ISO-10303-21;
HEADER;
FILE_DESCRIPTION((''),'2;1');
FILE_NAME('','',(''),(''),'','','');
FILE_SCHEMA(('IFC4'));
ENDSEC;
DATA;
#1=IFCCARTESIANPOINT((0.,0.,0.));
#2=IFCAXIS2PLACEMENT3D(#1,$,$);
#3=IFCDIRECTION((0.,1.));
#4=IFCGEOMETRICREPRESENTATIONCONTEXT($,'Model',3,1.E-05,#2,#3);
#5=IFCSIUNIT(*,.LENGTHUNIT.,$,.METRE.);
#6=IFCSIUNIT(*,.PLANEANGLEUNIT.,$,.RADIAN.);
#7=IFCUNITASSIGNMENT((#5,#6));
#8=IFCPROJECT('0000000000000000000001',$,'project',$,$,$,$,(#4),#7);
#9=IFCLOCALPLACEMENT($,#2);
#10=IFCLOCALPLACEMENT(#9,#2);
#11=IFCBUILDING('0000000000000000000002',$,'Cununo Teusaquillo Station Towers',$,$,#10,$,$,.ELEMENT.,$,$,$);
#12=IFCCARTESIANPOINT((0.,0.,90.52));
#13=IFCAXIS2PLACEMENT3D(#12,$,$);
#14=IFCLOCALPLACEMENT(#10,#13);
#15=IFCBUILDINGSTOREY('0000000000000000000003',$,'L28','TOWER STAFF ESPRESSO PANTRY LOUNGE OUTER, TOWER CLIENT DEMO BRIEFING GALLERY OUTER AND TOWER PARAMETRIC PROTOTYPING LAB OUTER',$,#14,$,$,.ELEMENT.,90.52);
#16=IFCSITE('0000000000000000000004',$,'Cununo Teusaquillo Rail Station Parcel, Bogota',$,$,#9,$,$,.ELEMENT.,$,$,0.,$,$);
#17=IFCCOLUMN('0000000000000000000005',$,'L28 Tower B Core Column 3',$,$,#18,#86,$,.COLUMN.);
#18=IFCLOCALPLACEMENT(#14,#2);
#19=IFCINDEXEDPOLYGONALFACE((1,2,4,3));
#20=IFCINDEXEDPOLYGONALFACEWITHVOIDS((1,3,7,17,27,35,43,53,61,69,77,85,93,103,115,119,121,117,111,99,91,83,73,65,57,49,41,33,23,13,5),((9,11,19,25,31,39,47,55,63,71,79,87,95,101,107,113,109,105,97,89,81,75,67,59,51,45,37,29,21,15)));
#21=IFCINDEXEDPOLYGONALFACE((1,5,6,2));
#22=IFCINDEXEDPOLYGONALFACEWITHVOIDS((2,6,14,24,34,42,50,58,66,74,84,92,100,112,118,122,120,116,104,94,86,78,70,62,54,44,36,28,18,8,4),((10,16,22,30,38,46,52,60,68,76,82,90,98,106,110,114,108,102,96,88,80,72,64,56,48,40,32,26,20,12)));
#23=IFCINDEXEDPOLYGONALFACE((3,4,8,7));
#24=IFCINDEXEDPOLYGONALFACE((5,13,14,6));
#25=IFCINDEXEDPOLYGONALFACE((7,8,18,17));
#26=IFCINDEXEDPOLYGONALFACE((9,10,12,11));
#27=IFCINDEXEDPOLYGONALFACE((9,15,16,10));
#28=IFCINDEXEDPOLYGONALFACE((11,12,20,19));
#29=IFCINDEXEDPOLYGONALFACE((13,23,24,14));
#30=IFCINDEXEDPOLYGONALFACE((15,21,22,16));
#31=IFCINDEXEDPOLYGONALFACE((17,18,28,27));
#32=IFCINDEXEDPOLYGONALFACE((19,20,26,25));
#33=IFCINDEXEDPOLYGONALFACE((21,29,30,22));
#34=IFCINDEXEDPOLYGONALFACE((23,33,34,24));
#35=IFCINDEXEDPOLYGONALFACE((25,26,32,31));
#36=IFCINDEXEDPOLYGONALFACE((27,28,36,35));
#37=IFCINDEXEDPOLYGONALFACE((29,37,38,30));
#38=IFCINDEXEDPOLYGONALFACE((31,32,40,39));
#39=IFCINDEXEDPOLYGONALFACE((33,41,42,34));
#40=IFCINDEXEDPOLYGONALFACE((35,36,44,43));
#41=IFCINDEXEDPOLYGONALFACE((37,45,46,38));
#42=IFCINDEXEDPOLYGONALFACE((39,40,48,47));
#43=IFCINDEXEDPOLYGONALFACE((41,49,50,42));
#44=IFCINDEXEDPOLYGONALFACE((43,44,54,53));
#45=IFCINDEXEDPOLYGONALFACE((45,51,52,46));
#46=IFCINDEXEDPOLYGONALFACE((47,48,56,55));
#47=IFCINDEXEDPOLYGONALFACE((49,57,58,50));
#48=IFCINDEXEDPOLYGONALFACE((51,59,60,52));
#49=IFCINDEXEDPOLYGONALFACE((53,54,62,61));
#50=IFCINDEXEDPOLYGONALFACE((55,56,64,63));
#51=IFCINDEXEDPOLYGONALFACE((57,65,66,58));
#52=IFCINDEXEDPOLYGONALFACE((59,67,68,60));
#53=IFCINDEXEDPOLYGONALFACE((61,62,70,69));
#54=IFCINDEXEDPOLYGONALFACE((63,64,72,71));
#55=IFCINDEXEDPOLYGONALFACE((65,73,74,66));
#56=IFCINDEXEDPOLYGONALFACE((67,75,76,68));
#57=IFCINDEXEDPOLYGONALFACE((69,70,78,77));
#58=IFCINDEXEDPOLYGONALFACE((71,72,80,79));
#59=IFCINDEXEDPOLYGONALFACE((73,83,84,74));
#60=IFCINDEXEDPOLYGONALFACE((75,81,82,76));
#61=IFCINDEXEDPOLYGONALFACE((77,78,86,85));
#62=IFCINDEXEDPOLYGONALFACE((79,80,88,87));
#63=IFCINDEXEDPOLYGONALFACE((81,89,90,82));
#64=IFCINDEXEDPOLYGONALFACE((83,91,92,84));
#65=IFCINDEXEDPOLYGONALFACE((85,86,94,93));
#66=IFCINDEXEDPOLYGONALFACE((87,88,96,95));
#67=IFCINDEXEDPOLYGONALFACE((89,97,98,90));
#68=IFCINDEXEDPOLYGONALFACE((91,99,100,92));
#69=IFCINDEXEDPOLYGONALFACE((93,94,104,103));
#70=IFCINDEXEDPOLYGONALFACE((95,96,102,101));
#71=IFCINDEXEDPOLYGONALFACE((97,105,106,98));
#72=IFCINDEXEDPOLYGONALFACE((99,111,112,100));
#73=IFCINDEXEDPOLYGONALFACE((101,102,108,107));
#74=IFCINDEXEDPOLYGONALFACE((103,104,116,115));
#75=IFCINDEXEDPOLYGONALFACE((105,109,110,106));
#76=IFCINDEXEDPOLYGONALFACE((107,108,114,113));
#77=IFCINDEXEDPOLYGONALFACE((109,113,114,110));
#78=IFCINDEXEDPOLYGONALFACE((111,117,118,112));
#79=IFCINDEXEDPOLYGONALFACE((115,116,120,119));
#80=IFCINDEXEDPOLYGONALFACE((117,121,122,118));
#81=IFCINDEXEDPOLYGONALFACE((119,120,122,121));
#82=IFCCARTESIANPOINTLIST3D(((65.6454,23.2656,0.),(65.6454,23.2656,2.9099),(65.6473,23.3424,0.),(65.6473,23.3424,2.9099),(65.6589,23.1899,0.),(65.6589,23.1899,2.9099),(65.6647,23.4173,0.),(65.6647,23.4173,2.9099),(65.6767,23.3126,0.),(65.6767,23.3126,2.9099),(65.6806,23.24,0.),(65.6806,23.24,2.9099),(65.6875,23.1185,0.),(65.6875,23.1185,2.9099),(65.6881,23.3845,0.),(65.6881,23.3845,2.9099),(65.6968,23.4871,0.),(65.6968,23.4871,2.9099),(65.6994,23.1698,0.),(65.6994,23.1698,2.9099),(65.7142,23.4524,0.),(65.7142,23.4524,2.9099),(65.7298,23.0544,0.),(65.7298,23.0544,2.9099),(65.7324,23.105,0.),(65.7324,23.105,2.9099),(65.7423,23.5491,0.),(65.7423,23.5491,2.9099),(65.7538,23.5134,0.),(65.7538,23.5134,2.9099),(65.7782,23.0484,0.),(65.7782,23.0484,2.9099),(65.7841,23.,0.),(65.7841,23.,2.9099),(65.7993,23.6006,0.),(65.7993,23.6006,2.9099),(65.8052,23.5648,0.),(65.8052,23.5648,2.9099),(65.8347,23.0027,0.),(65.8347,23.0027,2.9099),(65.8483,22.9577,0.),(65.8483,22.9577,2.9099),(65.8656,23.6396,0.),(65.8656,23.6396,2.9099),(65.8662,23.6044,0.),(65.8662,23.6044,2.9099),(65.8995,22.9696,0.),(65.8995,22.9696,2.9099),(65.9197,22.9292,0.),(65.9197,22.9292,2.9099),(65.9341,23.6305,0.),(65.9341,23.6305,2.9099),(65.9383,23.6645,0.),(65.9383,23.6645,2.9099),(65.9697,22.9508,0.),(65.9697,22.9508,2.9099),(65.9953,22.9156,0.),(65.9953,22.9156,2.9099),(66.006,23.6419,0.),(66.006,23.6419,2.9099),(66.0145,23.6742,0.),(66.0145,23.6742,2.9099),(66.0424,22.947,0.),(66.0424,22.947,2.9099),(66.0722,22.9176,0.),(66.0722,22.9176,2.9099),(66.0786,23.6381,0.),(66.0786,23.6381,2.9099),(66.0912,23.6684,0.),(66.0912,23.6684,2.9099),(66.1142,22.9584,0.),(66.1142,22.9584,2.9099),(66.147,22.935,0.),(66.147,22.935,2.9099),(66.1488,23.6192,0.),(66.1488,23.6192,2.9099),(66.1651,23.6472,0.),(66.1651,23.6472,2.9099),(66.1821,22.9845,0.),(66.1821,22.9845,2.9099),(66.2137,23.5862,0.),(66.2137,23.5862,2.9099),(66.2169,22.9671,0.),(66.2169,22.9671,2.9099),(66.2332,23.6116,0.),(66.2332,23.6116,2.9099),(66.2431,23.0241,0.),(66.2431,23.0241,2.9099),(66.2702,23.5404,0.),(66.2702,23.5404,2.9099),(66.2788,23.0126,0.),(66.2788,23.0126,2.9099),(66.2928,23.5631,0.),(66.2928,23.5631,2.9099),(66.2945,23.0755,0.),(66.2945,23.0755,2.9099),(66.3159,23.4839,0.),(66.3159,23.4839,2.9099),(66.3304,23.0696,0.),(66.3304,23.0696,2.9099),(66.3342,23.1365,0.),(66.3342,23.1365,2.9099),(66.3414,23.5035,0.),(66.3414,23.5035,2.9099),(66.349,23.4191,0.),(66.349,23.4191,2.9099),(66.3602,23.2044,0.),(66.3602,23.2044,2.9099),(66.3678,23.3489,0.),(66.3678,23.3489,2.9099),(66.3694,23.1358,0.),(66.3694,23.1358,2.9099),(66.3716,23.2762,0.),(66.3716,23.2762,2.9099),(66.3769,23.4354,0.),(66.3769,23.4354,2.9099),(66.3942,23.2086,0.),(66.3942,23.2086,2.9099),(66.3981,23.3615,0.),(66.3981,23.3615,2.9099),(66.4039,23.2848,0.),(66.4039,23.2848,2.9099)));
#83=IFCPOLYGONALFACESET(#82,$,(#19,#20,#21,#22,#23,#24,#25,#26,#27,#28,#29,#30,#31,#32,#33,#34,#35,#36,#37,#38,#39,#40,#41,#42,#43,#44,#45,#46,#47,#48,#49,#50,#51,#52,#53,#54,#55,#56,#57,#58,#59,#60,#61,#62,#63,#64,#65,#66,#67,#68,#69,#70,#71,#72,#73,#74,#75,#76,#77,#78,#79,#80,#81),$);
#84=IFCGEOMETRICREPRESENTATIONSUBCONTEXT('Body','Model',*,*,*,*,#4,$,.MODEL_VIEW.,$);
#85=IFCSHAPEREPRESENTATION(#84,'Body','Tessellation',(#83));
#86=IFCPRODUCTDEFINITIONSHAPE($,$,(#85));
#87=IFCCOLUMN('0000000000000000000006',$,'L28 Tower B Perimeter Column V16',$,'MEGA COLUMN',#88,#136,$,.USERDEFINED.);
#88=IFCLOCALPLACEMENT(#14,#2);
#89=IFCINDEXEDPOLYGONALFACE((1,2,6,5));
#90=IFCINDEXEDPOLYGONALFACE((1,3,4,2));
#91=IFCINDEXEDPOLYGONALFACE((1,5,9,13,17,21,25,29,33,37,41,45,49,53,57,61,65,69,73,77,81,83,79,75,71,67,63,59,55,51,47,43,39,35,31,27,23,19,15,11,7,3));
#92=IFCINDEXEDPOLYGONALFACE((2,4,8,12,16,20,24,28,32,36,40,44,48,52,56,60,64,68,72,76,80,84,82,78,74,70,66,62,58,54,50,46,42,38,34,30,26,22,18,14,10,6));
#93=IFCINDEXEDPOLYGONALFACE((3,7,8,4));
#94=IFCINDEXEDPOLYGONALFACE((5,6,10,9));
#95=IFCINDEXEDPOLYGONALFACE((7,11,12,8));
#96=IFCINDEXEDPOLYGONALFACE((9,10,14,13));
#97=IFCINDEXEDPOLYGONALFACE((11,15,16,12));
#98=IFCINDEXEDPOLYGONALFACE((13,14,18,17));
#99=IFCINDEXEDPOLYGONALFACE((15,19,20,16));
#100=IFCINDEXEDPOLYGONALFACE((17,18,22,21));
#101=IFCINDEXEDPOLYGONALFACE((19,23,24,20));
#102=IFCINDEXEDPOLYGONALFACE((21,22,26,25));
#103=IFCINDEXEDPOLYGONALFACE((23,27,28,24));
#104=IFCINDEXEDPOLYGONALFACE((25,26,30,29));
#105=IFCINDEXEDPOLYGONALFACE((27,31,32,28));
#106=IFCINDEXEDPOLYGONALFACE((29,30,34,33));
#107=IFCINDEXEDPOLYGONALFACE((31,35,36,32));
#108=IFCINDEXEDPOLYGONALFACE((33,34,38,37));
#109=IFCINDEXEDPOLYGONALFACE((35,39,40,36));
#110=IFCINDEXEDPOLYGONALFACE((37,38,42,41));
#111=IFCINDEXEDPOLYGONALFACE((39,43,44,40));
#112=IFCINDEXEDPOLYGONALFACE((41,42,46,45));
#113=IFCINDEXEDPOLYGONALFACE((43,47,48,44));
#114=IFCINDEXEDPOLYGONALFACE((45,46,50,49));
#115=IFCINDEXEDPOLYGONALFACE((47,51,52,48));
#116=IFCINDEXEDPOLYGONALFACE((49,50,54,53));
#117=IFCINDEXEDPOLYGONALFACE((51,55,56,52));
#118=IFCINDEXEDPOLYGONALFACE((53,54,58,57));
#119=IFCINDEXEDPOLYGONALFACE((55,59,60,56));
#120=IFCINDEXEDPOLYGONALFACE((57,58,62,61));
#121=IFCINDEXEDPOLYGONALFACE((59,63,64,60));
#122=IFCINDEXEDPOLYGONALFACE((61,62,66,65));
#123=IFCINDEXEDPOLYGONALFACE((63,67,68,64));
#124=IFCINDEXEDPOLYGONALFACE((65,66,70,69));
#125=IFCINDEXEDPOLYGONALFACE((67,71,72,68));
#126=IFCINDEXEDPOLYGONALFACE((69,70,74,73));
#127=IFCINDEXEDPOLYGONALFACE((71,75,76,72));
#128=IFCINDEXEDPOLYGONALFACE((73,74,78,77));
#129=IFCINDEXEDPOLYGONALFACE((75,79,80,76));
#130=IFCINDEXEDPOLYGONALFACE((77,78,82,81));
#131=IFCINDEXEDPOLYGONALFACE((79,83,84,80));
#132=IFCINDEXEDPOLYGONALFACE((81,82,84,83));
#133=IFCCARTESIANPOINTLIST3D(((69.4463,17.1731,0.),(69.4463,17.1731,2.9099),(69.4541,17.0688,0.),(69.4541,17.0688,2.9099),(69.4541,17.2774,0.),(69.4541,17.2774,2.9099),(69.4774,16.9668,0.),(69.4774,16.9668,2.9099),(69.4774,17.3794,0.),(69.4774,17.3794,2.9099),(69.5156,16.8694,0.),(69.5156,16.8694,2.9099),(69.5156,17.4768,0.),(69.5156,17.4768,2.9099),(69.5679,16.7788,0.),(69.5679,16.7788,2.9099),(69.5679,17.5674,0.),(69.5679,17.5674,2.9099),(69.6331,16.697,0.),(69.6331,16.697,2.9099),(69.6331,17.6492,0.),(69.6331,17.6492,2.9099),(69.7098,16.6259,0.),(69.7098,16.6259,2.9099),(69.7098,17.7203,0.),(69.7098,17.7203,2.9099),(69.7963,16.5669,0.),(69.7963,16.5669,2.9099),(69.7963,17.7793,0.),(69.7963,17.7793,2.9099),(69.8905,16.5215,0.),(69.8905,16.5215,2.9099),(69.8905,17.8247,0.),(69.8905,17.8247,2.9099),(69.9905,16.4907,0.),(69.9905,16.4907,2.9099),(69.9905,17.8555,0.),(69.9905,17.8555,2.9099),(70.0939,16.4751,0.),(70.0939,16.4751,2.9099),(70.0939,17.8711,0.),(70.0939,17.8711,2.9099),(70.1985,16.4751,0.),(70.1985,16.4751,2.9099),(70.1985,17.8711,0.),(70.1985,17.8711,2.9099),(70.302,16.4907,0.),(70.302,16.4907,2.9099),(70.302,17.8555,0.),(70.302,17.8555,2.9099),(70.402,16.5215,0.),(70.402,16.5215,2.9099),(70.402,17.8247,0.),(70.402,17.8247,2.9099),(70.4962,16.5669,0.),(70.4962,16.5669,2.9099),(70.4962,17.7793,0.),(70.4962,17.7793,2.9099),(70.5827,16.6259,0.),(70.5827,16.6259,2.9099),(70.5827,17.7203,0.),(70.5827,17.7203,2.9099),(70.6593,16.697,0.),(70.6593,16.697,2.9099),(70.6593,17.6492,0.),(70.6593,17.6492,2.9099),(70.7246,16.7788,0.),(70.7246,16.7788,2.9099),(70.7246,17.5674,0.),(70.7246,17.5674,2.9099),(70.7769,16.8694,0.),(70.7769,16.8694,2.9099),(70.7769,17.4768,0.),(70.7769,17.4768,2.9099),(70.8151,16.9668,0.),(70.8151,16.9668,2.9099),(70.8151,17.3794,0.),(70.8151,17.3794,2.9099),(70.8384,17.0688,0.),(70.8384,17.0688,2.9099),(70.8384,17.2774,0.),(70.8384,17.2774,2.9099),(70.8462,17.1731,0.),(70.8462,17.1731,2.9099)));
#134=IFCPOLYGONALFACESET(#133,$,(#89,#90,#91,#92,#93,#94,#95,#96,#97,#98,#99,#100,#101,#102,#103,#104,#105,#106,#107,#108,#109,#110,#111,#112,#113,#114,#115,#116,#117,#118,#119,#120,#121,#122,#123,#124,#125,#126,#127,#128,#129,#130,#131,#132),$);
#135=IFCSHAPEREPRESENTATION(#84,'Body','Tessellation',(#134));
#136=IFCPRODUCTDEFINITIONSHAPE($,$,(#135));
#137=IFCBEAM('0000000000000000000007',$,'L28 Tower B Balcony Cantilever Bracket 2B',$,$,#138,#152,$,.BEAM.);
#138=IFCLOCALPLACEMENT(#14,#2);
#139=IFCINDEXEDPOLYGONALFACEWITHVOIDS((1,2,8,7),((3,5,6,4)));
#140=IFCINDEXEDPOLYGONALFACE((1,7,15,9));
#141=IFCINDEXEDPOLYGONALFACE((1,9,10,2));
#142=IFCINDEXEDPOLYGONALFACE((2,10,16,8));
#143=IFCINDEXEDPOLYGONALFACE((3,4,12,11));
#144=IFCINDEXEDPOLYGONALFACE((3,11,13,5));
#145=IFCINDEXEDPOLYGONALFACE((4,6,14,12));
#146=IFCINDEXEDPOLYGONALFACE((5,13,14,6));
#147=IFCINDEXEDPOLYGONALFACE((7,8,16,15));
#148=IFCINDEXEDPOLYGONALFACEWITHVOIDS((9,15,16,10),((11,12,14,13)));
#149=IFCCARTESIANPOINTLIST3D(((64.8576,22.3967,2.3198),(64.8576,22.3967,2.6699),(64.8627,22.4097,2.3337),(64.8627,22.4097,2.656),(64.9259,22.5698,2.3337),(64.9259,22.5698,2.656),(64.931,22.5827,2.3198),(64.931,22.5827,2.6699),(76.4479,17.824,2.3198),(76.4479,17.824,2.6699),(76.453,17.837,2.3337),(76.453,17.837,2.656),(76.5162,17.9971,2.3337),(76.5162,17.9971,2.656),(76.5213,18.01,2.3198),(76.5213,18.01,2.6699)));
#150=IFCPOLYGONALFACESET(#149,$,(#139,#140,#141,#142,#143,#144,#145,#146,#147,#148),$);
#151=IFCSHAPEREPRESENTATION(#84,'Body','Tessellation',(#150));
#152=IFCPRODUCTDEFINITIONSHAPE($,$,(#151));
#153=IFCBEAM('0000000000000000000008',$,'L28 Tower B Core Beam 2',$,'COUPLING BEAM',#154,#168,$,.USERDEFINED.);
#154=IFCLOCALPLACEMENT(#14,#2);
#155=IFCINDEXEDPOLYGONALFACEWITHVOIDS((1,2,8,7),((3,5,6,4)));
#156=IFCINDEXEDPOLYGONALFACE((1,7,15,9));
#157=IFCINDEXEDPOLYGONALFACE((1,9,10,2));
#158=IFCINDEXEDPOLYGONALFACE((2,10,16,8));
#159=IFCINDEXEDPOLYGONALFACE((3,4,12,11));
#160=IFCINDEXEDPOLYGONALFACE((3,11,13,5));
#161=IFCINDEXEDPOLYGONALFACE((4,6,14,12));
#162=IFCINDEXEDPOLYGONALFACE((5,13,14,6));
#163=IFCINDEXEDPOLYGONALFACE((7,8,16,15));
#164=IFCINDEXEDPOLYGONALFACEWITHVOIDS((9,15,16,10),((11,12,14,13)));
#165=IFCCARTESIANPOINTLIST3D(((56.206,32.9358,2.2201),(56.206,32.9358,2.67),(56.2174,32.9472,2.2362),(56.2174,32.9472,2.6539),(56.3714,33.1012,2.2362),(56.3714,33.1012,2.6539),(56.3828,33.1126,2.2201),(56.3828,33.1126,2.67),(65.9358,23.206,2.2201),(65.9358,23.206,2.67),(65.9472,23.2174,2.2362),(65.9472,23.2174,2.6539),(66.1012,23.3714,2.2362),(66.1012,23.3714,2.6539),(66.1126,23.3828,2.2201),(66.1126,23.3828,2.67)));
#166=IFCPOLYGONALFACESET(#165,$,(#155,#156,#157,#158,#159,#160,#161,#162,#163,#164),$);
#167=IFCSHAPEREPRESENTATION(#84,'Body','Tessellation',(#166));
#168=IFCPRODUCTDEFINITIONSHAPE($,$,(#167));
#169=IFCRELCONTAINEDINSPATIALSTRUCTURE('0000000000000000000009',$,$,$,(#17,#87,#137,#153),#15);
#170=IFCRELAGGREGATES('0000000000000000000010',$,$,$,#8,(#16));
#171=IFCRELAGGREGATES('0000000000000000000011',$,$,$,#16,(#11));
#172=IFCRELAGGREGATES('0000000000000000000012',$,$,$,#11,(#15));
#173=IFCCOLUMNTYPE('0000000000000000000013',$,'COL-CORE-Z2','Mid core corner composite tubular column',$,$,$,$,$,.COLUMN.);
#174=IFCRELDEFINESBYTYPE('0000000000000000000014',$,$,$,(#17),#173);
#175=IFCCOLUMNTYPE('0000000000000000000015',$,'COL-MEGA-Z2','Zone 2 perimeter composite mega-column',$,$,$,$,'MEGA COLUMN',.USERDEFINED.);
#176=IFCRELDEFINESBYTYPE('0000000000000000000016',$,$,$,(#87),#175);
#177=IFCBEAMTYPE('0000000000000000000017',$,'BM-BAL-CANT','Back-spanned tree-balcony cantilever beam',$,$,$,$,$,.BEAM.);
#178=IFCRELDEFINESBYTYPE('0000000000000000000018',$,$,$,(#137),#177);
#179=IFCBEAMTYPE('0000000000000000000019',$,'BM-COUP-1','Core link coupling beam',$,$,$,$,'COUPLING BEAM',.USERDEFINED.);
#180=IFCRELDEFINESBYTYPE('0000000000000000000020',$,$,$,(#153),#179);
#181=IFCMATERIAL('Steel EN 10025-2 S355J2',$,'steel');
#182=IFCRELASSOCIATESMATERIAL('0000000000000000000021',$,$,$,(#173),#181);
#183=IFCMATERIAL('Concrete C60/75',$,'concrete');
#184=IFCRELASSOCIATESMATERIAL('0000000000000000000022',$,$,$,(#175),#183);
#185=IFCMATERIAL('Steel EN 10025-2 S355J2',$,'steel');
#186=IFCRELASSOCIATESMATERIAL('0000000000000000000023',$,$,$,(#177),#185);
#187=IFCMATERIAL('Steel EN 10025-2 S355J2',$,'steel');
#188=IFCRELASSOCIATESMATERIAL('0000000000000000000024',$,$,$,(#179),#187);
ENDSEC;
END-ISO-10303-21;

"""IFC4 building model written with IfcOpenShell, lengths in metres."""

from ifc_helpers import new_model, si_unit, direction, frame, origin, origin_2d, place, context, subcontext, project, spatial, hollow_rectangle, circle, hollow_circle, extrude, material, material_profile, profile_set, type_object, element, save


model = new_model("IFC4")

# Units and contexts
model_context = context("Model", 3, precision=1e-05, world=origin(), true_north=direction((0.0, 1.0)))
body_context = subcontext(model_context, "Body", "Model", "MODEL_VIEW")
ifc_project = project(units=[si_unit("LENGTHUNIT", "METRE"), si_unit("PLANEANGLEUNIT", "RADIAN")], contexts=[model_context])

# Site, building, storey
site_placement = place(None, origin())
site = spatial("IfcSite", under=ifc_project, at=site_placement, Name="Cununo Teusaquillo Rail Station Parcel, Bogota", CompositionType="ELEMENT", RefElevation=0.0)
building_placement = place(site_placement, origin())
building = spatial("IfcBuilding", under=site, at=building_placement, Name="Cununo Teusaquillo Station Towers", CompositionType="ELEMENT")
storey_placement = place(building_placement, frame((0.0, 0.0, 90.52)))
storey = spatial("IfcBuildingStorey", under=building, at=storey_placement, Name="L28", Description="TOWER STAFF ESPRESSO PANTRY LOUNGE OUTER, TOWER CLIENT DEMO BRIEFING GALLERY OUTER AND TOWER PARAMETRIC PROTOTYPING LAB OUTER", CompositionType="ELEMENT", Elevation=90.52)

# Columns
ifc_material_1 = material(Name="Steel EN 10025-2 S355J2", Category="steel")
ifc_material_profile_1 = material_profile(ifc_material_1, hollow_circle(Radius=0.3799, WallThickness=0.032, at=origin_2d()), Name="CHS 760x32")
ifc_profile_set_1 = profile_set([ifc_material_profile_1], Name="Steel EN 10025-2 S355J2")
column_type_1 = type_object("IfcColumnType", Name="COL-CORE-Z2", Description="Mid core corner composite tubular column", PredefinedType="COLUMN", material=ifc_profile_set_1)
column_1_placement = place(storey_placement, frame((66.0242, 23.2944, 0.0), z_axis=(0.0, 0.0, 1.0), x_axis=(0.707107, 0.707107, 0.0)))
element("IfcColumn", 1, at=column_1_placement, inside=storey, type_object=column_type_1, Name="L28 Tower B Core Column 3", PredefinedType="COLUMN", context=body_context, shape_type="SweptSolid", body=[
    extrude(hollow_circle(Radius=0.3799, WallThickness=0.032, at=origin_2d()), origin(), (0.0, 0.0, 1.0), 2.9099),
])
ifc_material_2 = material(Name="Concrete C60/75", Category="concrete")
ifc_material_profile_2 = material_profile(ifc_material_2, circle(Radius=0.7, at=origin_2d()), Name="RC-CIRC-1400")
ifc_profile_set_2 = profile_set([ifc_material_profile_2], Name="Concrete C60/75")
column_type_2 = type_object("IfcColumnType", Name="COL-MEGA-Z2", Description="Zone 2 perimeter composite mega-column", ElementType="MEGA COLUMN", PredefinedType="USERDEFINED", material=ifc_profile_set_2)
column_2_placement = place(storey_placement, frame((70.1462, 17.1731, 0.0), z_axis=(0.0, 0.0, 1.0), x_axis=(1.0, 0.0, 0.0)))
element("IfcColumn", 2, at=column_2_placement, inside=storey, type_object=column_type_2, Name="L28 Tower B Perimeter Column V16", ObjectType="MEGA COLUMN", PredefinedType="USERDEFINED", context=body_context, shape_type="SweptSolid", body=[
    extrude(circle(Radius=0.7, at=origin_2d()), origin(), (0.0, 0.0, 1.0), 2.9099),
])

# Beams
ifc_material_3 = material(Name="Steel EN 10025-2 S355J2", Category="steel")
ifc_material_profile_3 = material_profile(ifc_material_3, hollow_rectangle(XDim=0.2, YDim=0.3501, WallThickness=0.0139, at=origin_2d()), Name="RHS 350x200x14")
ifc_profile_set_3 = profile_set([ifc_material_profile_3], Name="Steel EN 10025-2 S355J2")
beam_type_1 = type_object("IfcBeamType", Name="BM-BAL-CANT", Description="Back-spanned tree-balcony cantilever beam", PredefinedType="BEAM", material=ifc_profile_set_3)
beam_1_placement = place(storey_placement, frame((64.8943, 22.4897, 2.4949), z_axis=(0.93022, -0.367001, 0.0), x_axis=(0.367001, 0.93022, 0.0)))
element("IfcBeam", 3, at=beam_1_placement, inside=storey, type_object=beam_type_1, Name="L28 Tower B Balcony Cantilever Bracket 2B", PredefinedType="BEAM", context=body_context, shape_type="SweptSolid", body=[
    extrude(hollow_rectangle(XDim=0.2, YDim=0.3501, WallThickness=0.0139, at=origin_2d()), origin(), (0.0, 0.0, 1.0), 12.4597),
])
ifc_material_4 = material(Name="Steel EN 10025-2 S355J2", Category="steel")
ifc_material_profile_4 = material_profile(ifc_material_4, hollow_rectangle(XDim=0.25, YDim=0.45, WallThickness=0.0161, at=origin_2d()), Name="RHS 450x250x16")
ifc_profile_set_4 = profile_set([ifc_material_profile_4], Name="Steel EN 10025-2 S355J2")
beam_type_2 = type_object("IfcBeamType", Name="BM-COUP-1", Description="Core link coupling beam", ElementType="COUPLING BEAM", PredefinedType="USERDEFINED", material=ifc_profile_set_4)
beam_2_placement = place(storey_placement, frame((66.0242, 23.2944, 2.4451), z_axis=(-0.707107, 0.707107, 0.0), x_axis=(-0.707107, -0.707107, 0.0)))
element("IfcBeam", 4, at=beam_2_placement, inside=storey, type_object=beam_type_2, Name="L28 Tower B Core Beam 2", ObjectType="COUPLING BEAM", PredefinedType="USERDEFINED", context=body_context, shape_type="SweptSolid", body=[
    extrude(hollow_rectangle(XDim=0.25, YDim=0.45, WallThickness=0.0161, at=origin_2d()), origin(), (0.0, 0.0, 1.0), 13.76),
])

save(model, "model.ifc")
